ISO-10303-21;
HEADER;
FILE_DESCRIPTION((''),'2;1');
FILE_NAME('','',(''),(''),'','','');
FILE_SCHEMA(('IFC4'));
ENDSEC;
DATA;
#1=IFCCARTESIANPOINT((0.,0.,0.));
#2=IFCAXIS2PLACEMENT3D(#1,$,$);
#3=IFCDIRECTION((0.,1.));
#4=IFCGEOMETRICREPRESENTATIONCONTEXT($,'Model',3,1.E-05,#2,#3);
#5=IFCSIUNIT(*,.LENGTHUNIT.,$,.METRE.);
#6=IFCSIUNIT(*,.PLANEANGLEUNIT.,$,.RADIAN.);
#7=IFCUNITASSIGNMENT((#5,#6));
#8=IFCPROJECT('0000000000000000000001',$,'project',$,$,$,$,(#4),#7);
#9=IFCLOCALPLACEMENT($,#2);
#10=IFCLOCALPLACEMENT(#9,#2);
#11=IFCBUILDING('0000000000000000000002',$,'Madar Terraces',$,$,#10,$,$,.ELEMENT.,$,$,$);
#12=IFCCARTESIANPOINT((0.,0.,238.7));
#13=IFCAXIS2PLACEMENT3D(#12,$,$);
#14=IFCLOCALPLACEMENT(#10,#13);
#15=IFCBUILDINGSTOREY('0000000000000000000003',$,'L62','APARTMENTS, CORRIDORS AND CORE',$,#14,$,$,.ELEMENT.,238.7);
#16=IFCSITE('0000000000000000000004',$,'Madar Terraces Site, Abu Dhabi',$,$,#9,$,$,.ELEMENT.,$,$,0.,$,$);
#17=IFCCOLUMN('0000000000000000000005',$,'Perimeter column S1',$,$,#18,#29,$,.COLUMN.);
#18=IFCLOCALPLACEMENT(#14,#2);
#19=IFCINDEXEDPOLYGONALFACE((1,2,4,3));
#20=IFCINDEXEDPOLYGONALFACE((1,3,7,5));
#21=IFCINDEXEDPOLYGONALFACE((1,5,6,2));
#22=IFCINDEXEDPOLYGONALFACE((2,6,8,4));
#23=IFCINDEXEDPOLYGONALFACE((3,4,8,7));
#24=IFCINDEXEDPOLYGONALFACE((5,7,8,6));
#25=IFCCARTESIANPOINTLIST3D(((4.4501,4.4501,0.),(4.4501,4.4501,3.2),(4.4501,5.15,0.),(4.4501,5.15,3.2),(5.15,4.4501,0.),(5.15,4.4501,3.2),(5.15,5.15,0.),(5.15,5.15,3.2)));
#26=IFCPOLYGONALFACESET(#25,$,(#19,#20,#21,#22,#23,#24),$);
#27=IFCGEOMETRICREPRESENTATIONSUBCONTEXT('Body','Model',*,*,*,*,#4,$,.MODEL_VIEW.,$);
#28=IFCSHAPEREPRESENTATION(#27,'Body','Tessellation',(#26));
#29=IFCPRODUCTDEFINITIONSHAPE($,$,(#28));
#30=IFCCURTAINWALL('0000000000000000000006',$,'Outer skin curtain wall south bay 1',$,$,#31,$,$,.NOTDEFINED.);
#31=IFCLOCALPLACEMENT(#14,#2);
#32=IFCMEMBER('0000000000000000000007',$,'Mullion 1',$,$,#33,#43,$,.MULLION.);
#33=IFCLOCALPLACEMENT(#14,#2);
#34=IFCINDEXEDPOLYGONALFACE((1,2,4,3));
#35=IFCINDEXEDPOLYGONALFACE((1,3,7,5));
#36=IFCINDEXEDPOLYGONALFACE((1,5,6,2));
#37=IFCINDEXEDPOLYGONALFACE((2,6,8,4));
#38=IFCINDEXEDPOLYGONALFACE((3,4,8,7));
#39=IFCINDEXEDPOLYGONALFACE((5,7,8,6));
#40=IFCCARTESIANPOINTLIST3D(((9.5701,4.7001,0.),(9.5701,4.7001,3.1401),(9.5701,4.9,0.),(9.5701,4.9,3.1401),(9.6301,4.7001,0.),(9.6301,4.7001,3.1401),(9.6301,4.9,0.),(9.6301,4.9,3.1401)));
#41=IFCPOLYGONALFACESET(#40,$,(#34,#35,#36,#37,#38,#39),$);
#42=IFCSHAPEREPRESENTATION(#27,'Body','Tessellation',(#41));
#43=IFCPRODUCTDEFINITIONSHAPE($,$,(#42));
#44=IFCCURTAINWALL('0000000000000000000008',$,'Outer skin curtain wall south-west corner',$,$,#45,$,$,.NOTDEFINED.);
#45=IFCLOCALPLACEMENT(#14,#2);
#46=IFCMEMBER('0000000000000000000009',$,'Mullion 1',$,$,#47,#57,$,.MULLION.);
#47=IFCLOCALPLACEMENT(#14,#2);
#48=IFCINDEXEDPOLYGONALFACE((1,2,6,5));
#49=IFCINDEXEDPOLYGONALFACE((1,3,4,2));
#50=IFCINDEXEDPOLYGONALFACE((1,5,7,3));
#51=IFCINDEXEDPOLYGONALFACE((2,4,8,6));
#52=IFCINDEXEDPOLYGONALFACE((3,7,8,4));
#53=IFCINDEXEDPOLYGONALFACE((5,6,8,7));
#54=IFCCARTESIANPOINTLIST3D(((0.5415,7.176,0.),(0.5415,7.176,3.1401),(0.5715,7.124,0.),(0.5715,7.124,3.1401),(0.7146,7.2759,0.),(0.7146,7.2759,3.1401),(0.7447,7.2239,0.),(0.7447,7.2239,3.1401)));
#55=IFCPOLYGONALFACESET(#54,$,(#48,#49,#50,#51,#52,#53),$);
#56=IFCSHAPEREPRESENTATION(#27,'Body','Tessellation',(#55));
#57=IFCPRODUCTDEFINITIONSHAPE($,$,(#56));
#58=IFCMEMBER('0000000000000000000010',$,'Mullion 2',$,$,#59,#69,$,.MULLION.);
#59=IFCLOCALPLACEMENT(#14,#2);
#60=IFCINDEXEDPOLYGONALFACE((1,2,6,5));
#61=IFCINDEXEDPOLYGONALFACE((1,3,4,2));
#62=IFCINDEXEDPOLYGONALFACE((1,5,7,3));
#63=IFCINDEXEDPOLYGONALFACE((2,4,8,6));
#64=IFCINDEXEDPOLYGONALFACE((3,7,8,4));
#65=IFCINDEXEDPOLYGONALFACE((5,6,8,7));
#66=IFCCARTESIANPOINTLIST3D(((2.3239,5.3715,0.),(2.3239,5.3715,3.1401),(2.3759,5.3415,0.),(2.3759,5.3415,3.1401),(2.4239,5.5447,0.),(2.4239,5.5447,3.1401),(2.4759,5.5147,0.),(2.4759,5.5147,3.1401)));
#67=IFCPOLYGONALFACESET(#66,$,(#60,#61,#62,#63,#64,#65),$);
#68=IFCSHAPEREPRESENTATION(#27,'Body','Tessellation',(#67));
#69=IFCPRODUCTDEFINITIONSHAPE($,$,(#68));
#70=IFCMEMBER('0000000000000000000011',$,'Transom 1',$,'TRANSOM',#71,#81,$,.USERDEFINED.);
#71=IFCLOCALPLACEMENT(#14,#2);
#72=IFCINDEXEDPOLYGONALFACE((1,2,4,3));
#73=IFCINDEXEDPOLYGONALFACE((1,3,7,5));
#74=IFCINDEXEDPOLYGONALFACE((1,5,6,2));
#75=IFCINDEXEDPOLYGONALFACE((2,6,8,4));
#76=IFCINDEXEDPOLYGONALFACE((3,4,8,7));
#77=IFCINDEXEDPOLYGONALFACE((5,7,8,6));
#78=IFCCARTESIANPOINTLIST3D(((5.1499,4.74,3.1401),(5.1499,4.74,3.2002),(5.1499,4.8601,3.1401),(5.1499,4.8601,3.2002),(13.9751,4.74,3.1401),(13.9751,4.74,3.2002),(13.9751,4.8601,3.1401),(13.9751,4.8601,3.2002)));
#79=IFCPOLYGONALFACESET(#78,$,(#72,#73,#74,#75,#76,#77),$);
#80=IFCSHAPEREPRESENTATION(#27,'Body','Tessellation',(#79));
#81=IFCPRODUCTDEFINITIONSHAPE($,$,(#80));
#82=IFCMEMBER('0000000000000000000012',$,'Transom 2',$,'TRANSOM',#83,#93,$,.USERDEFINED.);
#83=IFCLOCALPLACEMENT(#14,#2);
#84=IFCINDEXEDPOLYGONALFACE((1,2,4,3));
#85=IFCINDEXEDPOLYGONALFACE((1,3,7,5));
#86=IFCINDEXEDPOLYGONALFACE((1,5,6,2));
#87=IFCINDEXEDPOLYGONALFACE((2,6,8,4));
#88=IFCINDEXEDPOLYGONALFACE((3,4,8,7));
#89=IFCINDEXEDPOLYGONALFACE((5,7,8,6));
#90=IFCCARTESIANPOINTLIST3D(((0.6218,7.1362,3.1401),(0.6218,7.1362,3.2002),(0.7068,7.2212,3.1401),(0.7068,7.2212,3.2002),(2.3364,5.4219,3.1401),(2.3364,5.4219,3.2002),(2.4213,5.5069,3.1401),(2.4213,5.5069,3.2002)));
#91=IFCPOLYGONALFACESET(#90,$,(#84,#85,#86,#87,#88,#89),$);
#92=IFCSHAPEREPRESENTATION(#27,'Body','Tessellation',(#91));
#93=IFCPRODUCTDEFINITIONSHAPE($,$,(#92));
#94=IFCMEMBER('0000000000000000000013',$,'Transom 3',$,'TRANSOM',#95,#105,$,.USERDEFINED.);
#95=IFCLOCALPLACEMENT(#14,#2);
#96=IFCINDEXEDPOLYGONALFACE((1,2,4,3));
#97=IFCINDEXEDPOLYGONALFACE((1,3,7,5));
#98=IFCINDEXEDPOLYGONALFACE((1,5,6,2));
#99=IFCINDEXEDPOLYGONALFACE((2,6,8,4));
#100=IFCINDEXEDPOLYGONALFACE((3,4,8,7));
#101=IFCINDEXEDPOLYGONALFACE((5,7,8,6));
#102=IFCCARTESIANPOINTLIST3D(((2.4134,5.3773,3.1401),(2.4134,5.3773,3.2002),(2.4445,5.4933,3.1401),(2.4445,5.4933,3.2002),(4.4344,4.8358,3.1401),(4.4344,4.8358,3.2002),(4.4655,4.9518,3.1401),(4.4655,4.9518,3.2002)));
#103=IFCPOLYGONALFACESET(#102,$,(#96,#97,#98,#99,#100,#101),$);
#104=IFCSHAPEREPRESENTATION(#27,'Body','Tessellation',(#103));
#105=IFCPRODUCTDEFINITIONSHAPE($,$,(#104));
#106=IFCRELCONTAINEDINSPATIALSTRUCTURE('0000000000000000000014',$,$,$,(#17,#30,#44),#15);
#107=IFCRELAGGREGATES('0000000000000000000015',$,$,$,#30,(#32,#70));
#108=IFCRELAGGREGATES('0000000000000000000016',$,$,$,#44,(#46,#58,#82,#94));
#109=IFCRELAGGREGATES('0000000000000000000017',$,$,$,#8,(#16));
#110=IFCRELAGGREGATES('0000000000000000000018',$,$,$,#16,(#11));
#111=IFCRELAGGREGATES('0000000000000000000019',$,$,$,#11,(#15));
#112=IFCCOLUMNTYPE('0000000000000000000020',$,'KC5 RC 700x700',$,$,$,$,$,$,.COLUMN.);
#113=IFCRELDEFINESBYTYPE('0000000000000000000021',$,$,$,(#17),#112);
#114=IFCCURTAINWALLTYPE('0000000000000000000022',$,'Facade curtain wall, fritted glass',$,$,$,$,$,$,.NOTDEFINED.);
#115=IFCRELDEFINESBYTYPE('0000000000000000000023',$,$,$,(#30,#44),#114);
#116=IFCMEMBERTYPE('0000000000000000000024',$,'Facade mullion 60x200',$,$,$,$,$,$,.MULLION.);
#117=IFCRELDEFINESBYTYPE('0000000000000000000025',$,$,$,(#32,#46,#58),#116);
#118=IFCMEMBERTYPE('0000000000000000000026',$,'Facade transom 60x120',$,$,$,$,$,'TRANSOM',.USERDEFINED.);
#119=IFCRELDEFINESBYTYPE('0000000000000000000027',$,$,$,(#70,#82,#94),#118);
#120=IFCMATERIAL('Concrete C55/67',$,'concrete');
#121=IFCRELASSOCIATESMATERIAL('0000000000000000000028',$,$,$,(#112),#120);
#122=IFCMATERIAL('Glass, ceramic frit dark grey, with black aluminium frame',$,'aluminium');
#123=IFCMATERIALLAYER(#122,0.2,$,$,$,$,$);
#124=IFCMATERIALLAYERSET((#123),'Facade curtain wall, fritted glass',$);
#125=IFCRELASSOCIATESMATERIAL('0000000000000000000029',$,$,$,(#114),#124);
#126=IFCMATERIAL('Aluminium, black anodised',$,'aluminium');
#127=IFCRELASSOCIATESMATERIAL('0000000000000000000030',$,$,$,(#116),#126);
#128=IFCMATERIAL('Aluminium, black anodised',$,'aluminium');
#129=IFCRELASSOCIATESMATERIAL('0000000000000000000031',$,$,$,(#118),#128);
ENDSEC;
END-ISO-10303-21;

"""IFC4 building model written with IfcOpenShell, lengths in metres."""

from ifc_helpers import new_model, si_unit, direction, frame, origin, origin_2d, place, context, subcontext, project, spatial, rectangle, extrude, material, layer, layer_set, material_profile, profile_set, type_object, element, aggregate, save


model = new_model("IFC4")

# Units and contexts
model_context = context("Model", 3, precision=1e-05, world=origin(), true_north=direction((0.0, 1.0)))
body_context = subcontext(model_context, "Body", "Model", "MODEL_VIEW")
ifc_project = project(units=[si_unit("LENGTHUNIT", "METRE"), si_unit("PLANEANGLEUNIT", "RADIAN")], contexts=[model_context])

# Site, building, storey
site_placement = place(None, origin())
site = spatial("IfcSite", under=ifc_project, at=site_placement, Name="Madar Terraces Site, Abu Dhabi", CompositionType="ELEMENT", RefElevation=0.0)
building_placement = place(site_placement, origin())
building = spatial("IfcBuilding", under=site, at=building_placement, Name="Madar Terraces", CompositionType="ELEMENT")
storey_placement = place(building_placement, frame((0.0, 0.0, 238.7)))
storey = spatial("IfcBuildingStorey", under=building, at=storey_placement, Name="L62", Description="APARTMENTS, CORRIDORS AND CORE", CompositionType="ELEMENT", Elevation=238.7)

# Column
ifc_material_1 = material(Name="Concrete C55/67", Category="concrete")
ifc_material_profile_1 = material_profile(ifc_material_1, rectangle(XDim=0.7, YDim=0.7, at=origin_2d()), Name="KC5 RC 700x700")
ifc_profile_set_1 = profile_set([ifc_material_profile_1], Name="Concrete C55/67")
column_type = type_object("IfcColumnType", Name="KC5 RC 700x700", PredefinedType="COLUMN", material=ifc_profile_set_1)
column_placement = place(storey_placement, frame((4.8, 4.8, 0.0), z_axis=(0.0, 0.0, 1.0), x_axis=(1.0, 0.0, 0.0)))
element("IfcColumn", 1, at=column_placement, inside=storey, type_object=column_type, Name="Perimeter column S1", PredefinedType="COLUMN", context=body_context, shape_type="SweptSolid", body=[
    extrude(rectangle(XDim=0.7, YDim=0.7, at=origin_2d()), origin(), (0.0, 0.0, 1.0), 3.2),
])

# Curtain wall, member
ifc_material_2 = material(Name="Glass, ceramic frit dark grey, with black aluminium frame", Category="aluminium")
ifc_layer_1 = layer(ifc_material_2, 0.2)
ifc_layer_set_1 = layer_set([ifc_layer_1], Name="Facade curtain wall, fritted glass")
curtain_wall_type = type_object("IfcCurtainWallType", Name="Facade curtain wall, fritted glass", PredefinedType="NOTDEFINED", material=ifc_layer_set_1)
curtain_wall_1_placement = place(storey_placement, origin())
curtain_wall_1 = element("IfcCurtainWall", 2, at=curtain_wall_1_placement, inside=storey, type_object=curtain_wall_type, Name="Outer skin curtain wall south bay 1", PredefinedType="NOTDEFINED")
ifc_material_3 = material(Name="Aluminium, black anodised", Category="aluminium")
ifc_material_profile_2 = material_profile(ifc_material_3, rectangle(XDim=0.2, YDim=0.0601, at=origin_2d()), Name="Facade mullion 60x200")
ifc_profile_set_2 = profile_set([ifc_material_profile_2], Name="Aluminium, black anodised")
member_type_1 = type_object("IfcMemberType", Name="Facade mullion 60x200", PredefinedType="MULLION", material=ifc_profile_set_2)
member_1_placement = place(storey_placement, frame((9.6001, 4.8, 0.0), z_axis=(0.0, 0.0, 1.0), x_axis=(0.0, 1.0, 0.0)))
member_1 = element("IfcMember", 3, at=member_1_placement, type_object=member_type_1, Name="Mullion 1", PredefinedType="MULLION", context=body_context, shape_type="SweptSolid", body=[
    extrude(rectangle(XDim=0.2, YDim=0.0601, at=origin_2d()), origin(), (0.0, 0.0, 1.0), 3.1401),
])

# Curtain wall, members
curtain_wall_2_placement = place(storey_placement, origin())
curtain_wall_2 = element("IfcCurtainWall", 4, at=curtain_wall_2_placement, inside=storey, type_object=curtain_wall_type, Name="Outer skin curtain wall south-west corner", PredefinedType="NOTDEFINED")
member_2_placement = place(storey_placement, frame((0.6431, 7.2, 0.0), z_axis=(0.0, 0.0, 1.0), x_axis=(0.866025, 0.5, 0.0)))
member_2 = element("IfcMember", 5, at=member_2_placement, type_object=member_type_1, Name="Mullion 1", PredefinedType="MULLION", context=body_context, shape_type="SweptSolid", body=[
    extrude(rectangle(XDim=0.2, YDim=0.0601, at=origin_2d()), origin(), (0.0, 0.0, 1.0), 3.1401),
])
member_3_placement = place(storey_placement, frame((2.3999, 5.4431, 0.0), z_axis=(0.0, 0.0, 1.0), x_axis=(0.5, 0.866025, 0.0)))
member_3 = element("IfcMember", 6, at=member_3_placement, type_object=member_type_1, Name="Mullion 2", PredefinedType="MULLION", context=body_context, shape_type="SweptSolid", body=[
    extrude(rectangle(XDim=0.2, YDim=0.0601, at=origin_2d()), origin(), (0.0, 0.0, 1.0), 3.1401),
])

# Members
ifc_material_4 = material(Name="Aluminium, black anodised", Category="aluminium")
ifc_material_profile_3 = material_profile(ifc_material_4, rectangle(XDim=0.1201, YDim=0.0601, at=origin_2d()), Name="Facade transom 60x120")
ifc_profile_set_3 = profile_set([ifc_material_profile_3], Name="Aluminium, black anodised")
member_type_2 = type_object("IfcMemberType", Name="Facade transom 60x120", ElementType="TRANSOM", PredefinedType="USERDEFINED", material=ifc_profile_set_3)
member_4_placement = place(storey_placement, frame((5.1499, 4.8, 3.1702), z_axis=(1.0, 0.0, 0.0), x_axis=(0.0, 1.0, 0.0)))
member_4 = element("IfcMember", 7, at=member_4_placement, type_object=member_type_2, Name="Transom 1", ObjectType="TRANSOM", PredefinedType="USERDEFINED", context=body_context, shape_type="SweptSolid", body=[
    extrude(rectangle(XDim=0.1201, YDim=0.0601, at=origin_2d()), origin(), (0.0, 0.0, 1.0), 8.8252),
])
member_5_placement = place(storey_placement, frame((0.6643, 7.1787, 3.1702), z_axis=(0.707157, -0.707056, 0.0), x_axis=(0.707056, 0.707157, 0.0)))
member_5 = element("IfcMember", 8, at=member_5_placement, type_object=member_type_2, Name="Transom 2", ObjectType="TRANSOM", PredefinedType="USERDEFINED", context=body_context, shape_type="SweptSolid", body=[
    extrude(rectangle(XDim=0.1201, YDim=0.0601, at=origin_2d()), origin(), (0.0, 0.0, 1.0), 2.4246),
])
member_6_placement = place(storey_placement, frame((2.429, 5.4353, 3.1702), z_axis=(0.965928, -0.25881, 0.0), x_axis=(0.25881, 0.965928, 0.0)))
member_6 = element("IfcMember", 9, at=member_6_placement, type_object=member_type_2, Name="Transom 3", ObjectType="TRANSOM", PredefinedType="USERDEFINED", context=body_context, shape_type="SweptSolid", body=[
    extrude(rectangle(XDim=0.1201, YDim=0.0601, at=origin_2d()), origin(), (0.0, 0.0, 1.0), 2.0923),
])

aggregate(curtain_wall_1, [member_1, member_4])
aggregate(curtain_wall_2, [member_2, member_3, member_5, member_6])

save(model, "model.ifc")
